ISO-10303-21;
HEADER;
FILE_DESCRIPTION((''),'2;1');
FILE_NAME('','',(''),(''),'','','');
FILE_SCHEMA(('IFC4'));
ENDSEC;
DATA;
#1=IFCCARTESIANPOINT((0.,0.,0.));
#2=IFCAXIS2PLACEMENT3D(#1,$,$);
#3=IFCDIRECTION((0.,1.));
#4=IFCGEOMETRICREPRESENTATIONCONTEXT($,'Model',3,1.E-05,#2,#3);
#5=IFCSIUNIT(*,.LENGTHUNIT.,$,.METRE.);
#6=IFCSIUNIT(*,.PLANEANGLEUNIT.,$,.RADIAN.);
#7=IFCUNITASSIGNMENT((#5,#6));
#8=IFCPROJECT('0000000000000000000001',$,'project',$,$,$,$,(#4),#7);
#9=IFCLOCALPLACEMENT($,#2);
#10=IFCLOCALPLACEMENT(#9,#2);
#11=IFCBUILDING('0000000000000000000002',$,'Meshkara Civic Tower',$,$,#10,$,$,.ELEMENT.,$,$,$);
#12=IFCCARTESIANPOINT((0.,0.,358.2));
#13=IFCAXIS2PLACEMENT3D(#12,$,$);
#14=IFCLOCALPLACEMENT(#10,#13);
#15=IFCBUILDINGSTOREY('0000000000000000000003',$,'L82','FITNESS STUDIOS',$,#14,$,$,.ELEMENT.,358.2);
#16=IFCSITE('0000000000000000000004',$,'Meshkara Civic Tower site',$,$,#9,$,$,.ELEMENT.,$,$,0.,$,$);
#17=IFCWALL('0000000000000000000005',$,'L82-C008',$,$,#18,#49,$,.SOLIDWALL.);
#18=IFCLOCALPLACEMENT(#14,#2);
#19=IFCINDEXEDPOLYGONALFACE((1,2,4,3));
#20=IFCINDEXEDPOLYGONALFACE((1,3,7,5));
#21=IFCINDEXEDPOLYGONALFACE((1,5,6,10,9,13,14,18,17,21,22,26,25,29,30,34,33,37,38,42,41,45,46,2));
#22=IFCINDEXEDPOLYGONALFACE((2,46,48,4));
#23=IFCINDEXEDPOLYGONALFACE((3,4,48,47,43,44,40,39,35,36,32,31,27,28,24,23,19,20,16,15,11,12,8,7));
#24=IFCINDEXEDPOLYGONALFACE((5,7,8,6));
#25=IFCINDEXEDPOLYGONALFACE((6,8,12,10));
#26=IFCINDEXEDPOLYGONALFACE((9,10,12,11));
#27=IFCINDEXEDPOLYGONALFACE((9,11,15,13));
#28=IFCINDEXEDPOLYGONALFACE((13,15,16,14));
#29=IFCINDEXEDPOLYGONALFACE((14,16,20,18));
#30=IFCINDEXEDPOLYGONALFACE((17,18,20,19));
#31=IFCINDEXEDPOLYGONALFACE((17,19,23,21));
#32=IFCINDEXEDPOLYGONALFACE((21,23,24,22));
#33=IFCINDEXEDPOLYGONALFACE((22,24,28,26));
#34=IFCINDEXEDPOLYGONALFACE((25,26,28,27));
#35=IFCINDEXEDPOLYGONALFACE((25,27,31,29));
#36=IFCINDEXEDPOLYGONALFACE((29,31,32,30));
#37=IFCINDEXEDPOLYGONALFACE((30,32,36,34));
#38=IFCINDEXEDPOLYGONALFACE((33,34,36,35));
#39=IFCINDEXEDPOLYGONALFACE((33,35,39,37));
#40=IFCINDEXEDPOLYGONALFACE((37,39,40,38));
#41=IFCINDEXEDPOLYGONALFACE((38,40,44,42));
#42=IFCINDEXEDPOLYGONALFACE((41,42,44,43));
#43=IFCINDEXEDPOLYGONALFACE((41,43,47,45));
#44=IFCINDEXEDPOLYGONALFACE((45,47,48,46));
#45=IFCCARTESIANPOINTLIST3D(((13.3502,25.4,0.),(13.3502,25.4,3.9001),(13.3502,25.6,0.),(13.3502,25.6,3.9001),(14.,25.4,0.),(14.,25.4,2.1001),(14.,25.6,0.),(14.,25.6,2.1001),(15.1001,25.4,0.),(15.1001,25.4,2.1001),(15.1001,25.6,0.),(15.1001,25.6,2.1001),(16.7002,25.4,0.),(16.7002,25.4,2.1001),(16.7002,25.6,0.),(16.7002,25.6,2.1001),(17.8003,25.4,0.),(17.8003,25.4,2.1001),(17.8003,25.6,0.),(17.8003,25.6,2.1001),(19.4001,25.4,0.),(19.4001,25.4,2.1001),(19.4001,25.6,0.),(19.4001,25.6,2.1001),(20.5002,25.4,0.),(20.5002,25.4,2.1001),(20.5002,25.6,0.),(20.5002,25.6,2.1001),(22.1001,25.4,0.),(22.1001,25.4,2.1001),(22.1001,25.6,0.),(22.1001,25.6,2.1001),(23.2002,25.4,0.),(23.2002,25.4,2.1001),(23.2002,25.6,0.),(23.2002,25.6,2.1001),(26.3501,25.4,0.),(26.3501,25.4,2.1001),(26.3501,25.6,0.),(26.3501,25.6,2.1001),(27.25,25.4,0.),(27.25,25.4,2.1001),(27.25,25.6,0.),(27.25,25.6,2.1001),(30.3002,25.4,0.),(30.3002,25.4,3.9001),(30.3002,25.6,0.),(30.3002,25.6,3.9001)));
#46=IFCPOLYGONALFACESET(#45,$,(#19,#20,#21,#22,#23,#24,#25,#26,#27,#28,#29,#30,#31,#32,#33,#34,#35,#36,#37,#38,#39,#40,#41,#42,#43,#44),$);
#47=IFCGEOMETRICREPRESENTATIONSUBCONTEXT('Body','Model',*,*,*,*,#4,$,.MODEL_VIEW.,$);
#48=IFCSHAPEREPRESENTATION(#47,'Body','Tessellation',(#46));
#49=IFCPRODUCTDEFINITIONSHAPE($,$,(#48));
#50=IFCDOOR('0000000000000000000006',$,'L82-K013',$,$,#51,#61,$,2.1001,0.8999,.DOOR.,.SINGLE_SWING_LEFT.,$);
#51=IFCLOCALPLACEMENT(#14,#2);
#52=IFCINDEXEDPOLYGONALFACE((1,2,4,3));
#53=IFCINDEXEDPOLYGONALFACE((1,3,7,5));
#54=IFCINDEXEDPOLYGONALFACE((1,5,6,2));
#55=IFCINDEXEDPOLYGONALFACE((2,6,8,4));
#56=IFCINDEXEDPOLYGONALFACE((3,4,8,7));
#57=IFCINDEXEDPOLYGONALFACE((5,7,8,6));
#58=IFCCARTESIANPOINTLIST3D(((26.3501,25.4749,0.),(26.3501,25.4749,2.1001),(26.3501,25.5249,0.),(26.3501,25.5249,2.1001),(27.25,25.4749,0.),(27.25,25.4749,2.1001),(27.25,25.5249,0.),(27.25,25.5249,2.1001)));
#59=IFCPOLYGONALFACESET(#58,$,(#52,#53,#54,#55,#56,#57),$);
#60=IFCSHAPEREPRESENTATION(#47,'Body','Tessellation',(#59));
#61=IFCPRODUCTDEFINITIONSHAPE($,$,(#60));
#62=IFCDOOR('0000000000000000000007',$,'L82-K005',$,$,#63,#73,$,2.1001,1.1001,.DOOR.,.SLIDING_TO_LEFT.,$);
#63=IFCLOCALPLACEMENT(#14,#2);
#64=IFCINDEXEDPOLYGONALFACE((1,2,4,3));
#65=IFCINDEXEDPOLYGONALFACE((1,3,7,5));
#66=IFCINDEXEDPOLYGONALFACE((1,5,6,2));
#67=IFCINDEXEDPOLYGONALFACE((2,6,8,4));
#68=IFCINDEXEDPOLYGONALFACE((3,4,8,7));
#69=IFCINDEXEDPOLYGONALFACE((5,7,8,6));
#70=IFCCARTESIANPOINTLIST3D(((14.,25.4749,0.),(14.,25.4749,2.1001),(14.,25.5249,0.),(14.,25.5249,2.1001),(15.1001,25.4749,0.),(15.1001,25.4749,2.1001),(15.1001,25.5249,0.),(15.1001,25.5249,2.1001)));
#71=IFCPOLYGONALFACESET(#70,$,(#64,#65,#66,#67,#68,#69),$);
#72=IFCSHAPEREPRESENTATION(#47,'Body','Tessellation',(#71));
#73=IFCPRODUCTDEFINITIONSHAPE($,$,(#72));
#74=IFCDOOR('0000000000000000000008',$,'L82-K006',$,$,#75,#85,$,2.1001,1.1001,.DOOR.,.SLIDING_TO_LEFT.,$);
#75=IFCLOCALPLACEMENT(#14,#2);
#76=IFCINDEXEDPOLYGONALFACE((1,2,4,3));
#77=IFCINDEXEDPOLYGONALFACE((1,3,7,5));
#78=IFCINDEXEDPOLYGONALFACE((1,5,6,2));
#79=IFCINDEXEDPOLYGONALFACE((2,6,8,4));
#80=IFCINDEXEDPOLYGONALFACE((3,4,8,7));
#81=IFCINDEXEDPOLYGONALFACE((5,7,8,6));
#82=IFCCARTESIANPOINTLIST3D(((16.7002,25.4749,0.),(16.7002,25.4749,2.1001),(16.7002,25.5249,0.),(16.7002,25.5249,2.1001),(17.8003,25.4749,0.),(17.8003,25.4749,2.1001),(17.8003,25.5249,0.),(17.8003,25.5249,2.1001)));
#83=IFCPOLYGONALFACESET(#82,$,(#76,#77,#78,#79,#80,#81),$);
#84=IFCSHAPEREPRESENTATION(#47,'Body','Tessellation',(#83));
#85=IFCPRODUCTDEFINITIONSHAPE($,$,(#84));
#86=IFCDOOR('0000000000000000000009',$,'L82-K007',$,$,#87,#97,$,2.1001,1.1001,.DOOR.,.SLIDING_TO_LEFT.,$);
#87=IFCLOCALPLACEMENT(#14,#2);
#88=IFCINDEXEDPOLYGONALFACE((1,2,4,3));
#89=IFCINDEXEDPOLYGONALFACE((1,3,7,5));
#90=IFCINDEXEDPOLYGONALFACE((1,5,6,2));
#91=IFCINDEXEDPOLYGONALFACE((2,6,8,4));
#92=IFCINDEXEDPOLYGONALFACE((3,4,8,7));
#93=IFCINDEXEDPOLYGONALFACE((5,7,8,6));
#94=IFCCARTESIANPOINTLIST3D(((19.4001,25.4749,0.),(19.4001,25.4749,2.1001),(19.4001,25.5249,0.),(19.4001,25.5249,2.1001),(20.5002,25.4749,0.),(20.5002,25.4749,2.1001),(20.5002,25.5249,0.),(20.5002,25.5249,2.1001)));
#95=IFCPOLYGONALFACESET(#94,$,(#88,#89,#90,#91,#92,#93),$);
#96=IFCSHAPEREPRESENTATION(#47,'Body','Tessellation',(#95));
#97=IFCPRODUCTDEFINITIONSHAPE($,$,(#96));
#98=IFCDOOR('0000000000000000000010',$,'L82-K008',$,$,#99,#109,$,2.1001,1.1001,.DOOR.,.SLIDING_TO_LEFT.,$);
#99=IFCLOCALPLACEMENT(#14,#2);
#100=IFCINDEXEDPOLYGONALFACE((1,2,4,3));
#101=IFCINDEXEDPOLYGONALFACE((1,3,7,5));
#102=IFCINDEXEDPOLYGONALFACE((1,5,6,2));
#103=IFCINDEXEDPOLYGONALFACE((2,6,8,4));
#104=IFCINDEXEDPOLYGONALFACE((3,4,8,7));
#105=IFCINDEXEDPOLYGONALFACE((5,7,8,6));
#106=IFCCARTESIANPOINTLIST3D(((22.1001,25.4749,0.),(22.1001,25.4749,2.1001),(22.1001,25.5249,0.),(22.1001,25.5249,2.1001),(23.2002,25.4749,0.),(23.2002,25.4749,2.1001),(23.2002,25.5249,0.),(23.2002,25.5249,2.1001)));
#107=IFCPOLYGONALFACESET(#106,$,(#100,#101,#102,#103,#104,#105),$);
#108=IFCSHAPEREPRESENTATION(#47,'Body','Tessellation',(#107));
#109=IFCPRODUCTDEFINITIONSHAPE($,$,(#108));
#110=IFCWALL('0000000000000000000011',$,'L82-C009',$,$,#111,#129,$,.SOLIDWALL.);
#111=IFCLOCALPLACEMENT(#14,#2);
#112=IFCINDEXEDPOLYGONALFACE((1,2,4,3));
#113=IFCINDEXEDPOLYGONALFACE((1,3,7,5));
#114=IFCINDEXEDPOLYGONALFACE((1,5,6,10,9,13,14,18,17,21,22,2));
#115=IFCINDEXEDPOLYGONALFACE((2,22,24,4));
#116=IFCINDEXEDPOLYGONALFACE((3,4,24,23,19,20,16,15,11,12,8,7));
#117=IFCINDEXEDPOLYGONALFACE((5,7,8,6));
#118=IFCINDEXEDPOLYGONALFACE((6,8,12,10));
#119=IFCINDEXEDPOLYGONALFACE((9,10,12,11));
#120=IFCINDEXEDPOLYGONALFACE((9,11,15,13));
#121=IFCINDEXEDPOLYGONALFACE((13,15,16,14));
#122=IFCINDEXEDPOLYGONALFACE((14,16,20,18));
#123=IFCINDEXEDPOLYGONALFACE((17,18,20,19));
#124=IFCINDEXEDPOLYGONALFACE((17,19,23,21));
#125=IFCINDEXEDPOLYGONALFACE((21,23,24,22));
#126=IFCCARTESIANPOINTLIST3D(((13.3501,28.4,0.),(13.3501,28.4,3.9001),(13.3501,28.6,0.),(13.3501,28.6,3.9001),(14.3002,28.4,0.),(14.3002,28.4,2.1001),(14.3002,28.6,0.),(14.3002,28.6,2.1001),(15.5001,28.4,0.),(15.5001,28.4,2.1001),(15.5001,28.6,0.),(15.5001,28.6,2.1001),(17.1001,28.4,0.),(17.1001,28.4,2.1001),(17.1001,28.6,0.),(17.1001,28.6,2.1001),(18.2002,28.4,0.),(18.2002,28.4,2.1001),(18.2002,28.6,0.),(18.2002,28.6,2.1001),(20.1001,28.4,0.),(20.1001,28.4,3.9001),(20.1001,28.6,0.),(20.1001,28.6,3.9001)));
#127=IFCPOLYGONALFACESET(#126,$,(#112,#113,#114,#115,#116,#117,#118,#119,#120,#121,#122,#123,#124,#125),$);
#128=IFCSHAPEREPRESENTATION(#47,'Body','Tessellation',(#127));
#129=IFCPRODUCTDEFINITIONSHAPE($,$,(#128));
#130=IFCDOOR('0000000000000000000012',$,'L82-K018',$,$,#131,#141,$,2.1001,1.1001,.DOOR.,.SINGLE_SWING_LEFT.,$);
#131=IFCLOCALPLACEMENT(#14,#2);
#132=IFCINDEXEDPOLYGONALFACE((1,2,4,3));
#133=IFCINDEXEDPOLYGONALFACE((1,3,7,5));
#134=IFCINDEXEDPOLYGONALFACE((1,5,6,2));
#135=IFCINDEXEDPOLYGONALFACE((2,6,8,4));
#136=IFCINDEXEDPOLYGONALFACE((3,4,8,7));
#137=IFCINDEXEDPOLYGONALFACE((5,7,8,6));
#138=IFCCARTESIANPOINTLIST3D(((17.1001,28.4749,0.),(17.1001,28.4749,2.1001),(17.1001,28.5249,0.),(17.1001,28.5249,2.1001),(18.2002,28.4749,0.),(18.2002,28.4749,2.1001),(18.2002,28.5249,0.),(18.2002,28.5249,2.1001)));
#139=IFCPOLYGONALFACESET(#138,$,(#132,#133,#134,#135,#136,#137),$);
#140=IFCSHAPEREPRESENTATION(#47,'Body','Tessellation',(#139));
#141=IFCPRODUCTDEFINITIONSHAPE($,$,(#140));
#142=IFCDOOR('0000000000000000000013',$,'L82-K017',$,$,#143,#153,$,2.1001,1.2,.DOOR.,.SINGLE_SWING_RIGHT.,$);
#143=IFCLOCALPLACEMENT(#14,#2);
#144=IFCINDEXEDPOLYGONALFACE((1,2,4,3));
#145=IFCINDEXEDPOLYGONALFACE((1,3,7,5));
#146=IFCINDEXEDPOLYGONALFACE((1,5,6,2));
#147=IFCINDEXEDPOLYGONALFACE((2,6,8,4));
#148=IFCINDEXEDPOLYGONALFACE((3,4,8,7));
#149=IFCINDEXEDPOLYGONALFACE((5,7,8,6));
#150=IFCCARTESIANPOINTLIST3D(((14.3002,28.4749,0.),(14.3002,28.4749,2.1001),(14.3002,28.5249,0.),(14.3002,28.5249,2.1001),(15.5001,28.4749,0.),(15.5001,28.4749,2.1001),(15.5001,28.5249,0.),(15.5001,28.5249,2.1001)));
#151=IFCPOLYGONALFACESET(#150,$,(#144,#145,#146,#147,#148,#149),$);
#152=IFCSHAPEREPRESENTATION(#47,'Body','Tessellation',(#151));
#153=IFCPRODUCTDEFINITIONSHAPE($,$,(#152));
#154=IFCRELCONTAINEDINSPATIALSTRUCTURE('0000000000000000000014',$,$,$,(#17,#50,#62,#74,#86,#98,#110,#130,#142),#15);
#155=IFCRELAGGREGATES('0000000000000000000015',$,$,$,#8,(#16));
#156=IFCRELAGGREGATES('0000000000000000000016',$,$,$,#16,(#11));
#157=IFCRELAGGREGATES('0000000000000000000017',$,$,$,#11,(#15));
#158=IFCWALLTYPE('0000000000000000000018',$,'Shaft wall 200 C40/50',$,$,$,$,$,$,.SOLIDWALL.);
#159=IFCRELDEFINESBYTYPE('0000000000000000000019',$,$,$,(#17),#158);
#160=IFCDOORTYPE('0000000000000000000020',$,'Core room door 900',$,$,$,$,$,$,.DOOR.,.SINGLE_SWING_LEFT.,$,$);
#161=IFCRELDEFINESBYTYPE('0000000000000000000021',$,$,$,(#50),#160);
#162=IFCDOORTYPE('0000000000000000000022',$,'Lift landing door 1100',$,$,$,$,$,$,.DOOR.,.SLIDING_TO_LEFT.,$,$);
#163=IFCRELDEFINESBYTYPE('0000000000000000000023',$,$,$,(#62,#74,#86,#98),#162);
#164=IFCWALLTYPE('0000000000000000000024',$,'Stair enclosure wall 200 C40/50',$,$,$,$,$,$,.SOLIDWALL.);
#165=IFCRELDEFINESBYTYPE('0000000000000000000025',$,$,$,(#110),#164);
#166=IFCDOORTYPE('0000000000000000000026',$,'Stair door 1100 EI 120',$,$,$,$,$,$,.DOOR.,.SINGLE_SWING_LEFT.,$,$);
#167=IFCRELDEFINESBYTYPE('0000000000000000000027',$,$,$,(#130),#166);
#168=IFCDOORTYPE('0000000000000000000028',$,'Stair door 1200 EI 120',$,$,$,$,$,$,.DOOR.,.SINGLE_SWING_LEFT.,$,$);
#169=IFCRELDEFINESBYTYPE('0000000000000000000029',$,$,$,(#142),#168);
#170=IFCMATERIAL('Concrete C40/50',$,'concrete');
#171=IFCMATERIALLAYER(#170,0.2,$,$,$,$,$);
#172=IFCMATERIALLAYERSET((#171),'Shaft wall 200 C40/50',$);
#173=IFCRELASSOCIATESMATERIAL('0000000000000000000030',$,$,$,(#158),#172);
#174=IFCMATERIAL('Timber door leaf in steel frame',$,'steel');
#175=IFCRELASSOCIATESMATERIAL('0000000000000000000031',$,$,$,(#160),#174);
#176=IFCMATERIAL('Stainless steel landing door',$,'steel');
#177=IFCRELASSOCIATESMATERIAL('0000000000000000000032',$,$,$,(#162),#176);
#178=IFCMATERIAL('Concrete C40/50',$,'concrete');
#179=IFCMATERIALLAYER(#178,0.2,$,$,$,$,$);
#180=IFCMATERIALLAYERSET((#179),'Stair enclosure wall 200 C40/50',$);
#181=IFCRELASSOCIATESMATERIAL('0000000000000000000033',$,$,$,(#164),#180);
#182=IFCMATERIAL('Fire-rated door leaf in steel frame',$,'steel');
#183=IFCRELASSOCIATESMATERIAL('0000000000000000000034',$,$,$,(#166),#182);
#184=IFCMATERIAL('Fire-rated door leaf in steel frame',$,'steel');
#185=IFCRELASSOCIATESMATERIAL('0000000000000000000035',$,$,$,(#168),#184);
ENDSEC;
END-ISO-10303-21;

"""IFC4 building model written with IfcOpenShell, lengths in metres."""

from ifc_helpers import new_model, si_unit, direction, frame, frame_2d, origin, place, context, subcontext, project, spatial, rectangle, extrude, material, layer, layer_set, type_object, element, fill, save


model = new_model("IFC4")

# Units and contexts
model_context = context("Model", 3, precision=1e-05, world=origin(), true_north=direction((0.0, 1.0)))
body_context = subcontext(model_context, "Body", "Model", "MODEL_VIEW")
ifc_project = project(units=[si_unit("LENGTHUNIT", "METRE"), si_unit("PLANEANGLEUNIT", "RADIAN")], contexts=[model_context])

# Site, building, storey
site_placement = place(None, origin())
site = spatial("IfcSite", under=ifc_project, at=site_placement, Name="Meshkara Civic Tower site", CompositionType="ELEMENT", RefElevation=0.0)
building_placement = place(site_placement, origin())
building = spatial("IfcBuilding", under=site, at=building_placement, Name="Meshkara Civic Tower", CompositionType="ELEMENT")
storey_placement = place(building_placement, frame((0.0, 0.0, 358.2)))
storey = spatial("IfcBuildingStorey", under=building, at=storey_placement, Name="L82", Description="FITNESS STUDIOS", CompositionType="ELEMENT", Elevation=358.2)

# Walls, openings, doors
ifc_material_1 = material(Name="Concrete C40/50", Category="concrete")
ifc_layer_1 = layer(ifc_material_1, 0.2)
ifc_layer_set_1 = layer_set([ifc_layer_1], Name="Shaft wall 200 C40/50")
wall_type_1 = type_object("IfcWallType", Name="Shaft wall 200 C40/50", PredefinedType="SOLIDWALL", material=ifc_layer_set_1)
wall_1_placement = place(storey_placement, frame((13.3501, 25.5, 0.0), z_axis=(0.0, 0.0, 1.0), x_axis=(1.0, 0.0, 0.0)))
wall_1 = element("IfcWall", 1, at=wall_1_placement, inside=storey, type_object=wall_type_1, Name="L82-C008", PredefinedType="SOLIDWALL", context=body_context, shape_type="SweptSolid", body=[
    extrude(rectangle(XDim=16.95, YDim=0.2, at=frame_2d((8.4751, 0.0))), origin(), (0.0, 0.0, 1.0), 3.9001),
])
opening_1_placement = place(wall_1_placement, frame((0.6499, 0.0, 0.0)))
opening_1 = element("IfcOpeningElement", 2, at=opening_1_placement, cuts=wall_1, PredefinedType="OPENING", context=body_context, shape_type="SweptSolid", body=[
    extrude(rectangle(XDim=1.1001, YDim=2.1001, at=frame_2d((0.55, 1.05))), frame((0.0, 0.1099, 0.0), z_axis=(0.0, -1.0, 0.0), x_axis=(1.0, 0.0, 0.0)), (0.0, 0.0, 1.0), 0.22),
])
opening_2_placement = place(wall_1_placement, frame((3.3501, 0.0, 0.0)))
opening_2 = element("IfcOpeningElement", 3, at=opening_2_placement, cuts=wall_1, PredefinedType="OPENING", context=body_context, shape_type="SweptSolid", body=[
    extrude(rectangle(XDim=1.1001, YDim=2.1001, at=frame_2d((0.55, 1.05))), frame((0.0, 0.1099, 0.0), z_axis=(0.0, -1.0, 0.0), x_axis=(1.0, 0.0, 0.0)), (0.0, 0.0, 1.0), 0.22),
])
opening_3_placement = place(wall_1_placement, frame((6.05, 0.0, 0.0)))
opening_3 = element("IfcOpeningElement", 4, at=opening_3_placement, cuts=wall_1, PredefinedType="OPENING", context=body_context, shape_type="SweptSolid", body=[
    extrude(rectangle(XDim=1.1001, YDim=2.1001, at=frame_2d((0.55, 1.05))), frame((0.0, 0.1099, 0.0), z_axis=(0.0, -1.0, 0.0), x_axis=(1.0, 0.0, 0.0)), (0.0, 0.0, 1.0), 0.22),
])
opening_4_placement = place(wall_1_placement, frame((8.75, 0.0, 0.0)))
opening_4 = element("IfcOpeningElement", 5, at=opening_4_placement, cuts=wall_1, PredefinedType="OPENING", context=body_context, shape_type="SweptSolid", body=[
    extrude(rectangle(XDim=1.1001, YDim=2.1001, at=frame_2d((0.55, 1.05))), frame((0.0, 0.1099, 0.0), z_axis=(0.0, -1.0, 0.0), x_axis=(1.0, 0.0, 0.0)), (0.0, 0.0, 1.0), 0.22),
])
opening_5_placement = place(wall_1_placement, frame((13.0, 0.0, 0.0)))
opening_5 = element("IfcOpeningElement", 6, at=opening_5_placement, cuts=wall_1, PredefinedType="OPENING", context=body_context, shape_type="SweptSolid", body=[
    extrude(rectangle(XDim=0.8999, YDim=2.1001, at=frame_2d((0.45, 1.05))), frame((0.0, 0.1099, 0.0), z_axis=(0.0, -1.0, 0.0), x_axis=(1.0, 0.0, 0.0)), (0.0, 0.0, 1.0), 0.22),
])
ifc_material_2 = material(Name="Timber door leaf in steel frame", Category="steel")
door_type_1 = type_object("IfcDoorType", Name="Core room door 900", OperationType="SINGLE_SWING_LEFT", PredefinedType="DOOR", material=ifc_material_2)
door_1_placement = place(opening_5_placement, origin())
door_1 = element("IfcDoor", 7, at=door_1_placement, inside=storey, type_object=door_type_1, Name="L82-K013", OperationType="SINGLE_SWING_LEFT", OverallHeight=2.1001, OverallWidth=0.8999, PredefinedType="DOOR", context=body_context, shape_type="SweptSolid", body=[
    extrude(rectangle(XDim=0.8999, YDim=2.1001, at=frame_2d((0.45, 1.05))), frame((0.0, 0.0249, 0.0), z_axis=(0.0, -1.0, 0.0), x_axis=(1.0, 0.0, 0.0)), (0.0, 0.0, 1.0), 0.05),
])
fill(opening_5, door_1)
ifc_material_3 = material(Name="Stainless steel landing door", Category="steel")
door_type_2 = type_object("IfcDoorType", Name="Lift landing door 1100", OperationType="SLIDING_TO_LEFT", PredefinedType="DOOR", material=ifc_material_3)
door_2_placement = place(opening_1_placement, origin())
door_2 = element("IfcDoor", 8, at=door_2_placement, inside=storey, type_object=door_type_2, Name="L82-K005", OperationType="SLIDING_TO_LEFT", OverallHeight=2.1001, OverallWidth=1.1001, PredefinedType="DOOR", context=body_context, shape_type="SweptSolid", body=[
    extrude(rectangle(XDim=1.1001, YDim=2.1001, at=frame_2d((0.55, 1.05))), frame((0.0, 0.0249, 0.0), z_axis=(0.0, -1.0, 0.0), x_axis=(1.0, 0.0, 0.0)), (0.0, 0.0, 1.0), 0.05),
])
fill(opening_1, door_2)
door_3_placement = place(opening_2_placement, origin())
door_3 = element("IfcDoor", 9, at=door_3_placement, inside=storey, type_object=door_type_2, Name="L82-K006", OperationType="SLIDING_TO_LEFT", OverallHeight=2.1001, OverallWidth=1.1001, PredefinedType="DOOR", context=body_context, shape_type="SweptSolid", body=[
    extrude(rectangle(XDim=1.1001, YDim=2.1001, at=frame_2d((0.55, 1.05))), frame((0.0, 0.0249, 0.0), z_axis=(0.0, -1.0, 0.0), x_axis=(1.0, 0.0, 0.0)), (0.0, 0.0, 1.0), 0.05),
])
fill(opening_2, door_3)
door_4_placement = place(opening_3_placement, origin())
door_4 = element("IfcDoor", 10, at=door_4_placement, inside=storey, type_object=door_type_2, Name="L82-K007", OperationType="SLIDING_TO_LEFT", OverallHeight=2.1001, OverallWidth=1.1001, PredefinedType="DOOR", context=body_context, shape_type="SweptSolid", body=[
    extrude(rectangle(XDim=1.1001, YDim=2.1001, at=frame_2d((0.55, 1.05))), frame((0.0, 0.0249, 0.0), z_axis=(0.0, -1.0, 0.0), x_axis=(1.0, 0.0, 0.0)), (0.0, 0.0, 1.0), 0.05),
])
fill(opening_3, door_4)
door_5_placement = place(opening_4_placement, origin())
door_5 = element("IfcDoor", 11, at=door_5_placement, inside=storey, type_object=door_type_2, Name="L82-K008", OperationType="SLIDING_TO_LEFT", OverallHeight=2.1001, OverallWidth=1.1001, PredefinedType="DOOR", context=body_context, shape_type="SweptSolid", body=[
    extrude(rectangle(XDim=1.1001, YDim=2.1001, at=frame_2d((0.55, 1.05))), frame((0.0, 0.0249, 0.0), z_axis=(0.0, -1.0, 0.0), x_axis=(1.0, 0.0, 0.0)), (0.0, 0.0, 1.0), 0.05),
])
fill(opening_4, door_5)
ifc_material_4 = material(Name="Concrete C40/50", Category="concrete")
ifc_layer_2 = layer(ifc_material_4, 0.2)
ifc_layer_set_2 = layer_set([ifc_layer_2], Name="Stair enclosure wall 200 C40/50")
wall_type_2 = type_object("IfcWallType", Name="Stair enclosure wall 200 C40/50", PredefinedType="SOLIDWALL", material=ifc_layer_set_2)
wall_2_placement = place(storey_placement, frame((13.3501, 28.5, 0.0), z_axis=(0.0, 0.0, 1.0), x_axis=(1.0, 0.0, 0.0)))
wall_2 = element("IfcWall", 12, at=wall_2_placement, inside=storey, type_object=wall_type_2, Name="L82-C009", PredefinedType="SOLIDWALL", context=body_context, shape_type="SweptSolid", body=[
    extrude(rectangle(XDim=6.75, YDim=0.2, at=frame_2d((3.375, 0.0))), origin(), (0.0, 0.0, 1.0), 3.9001),
])
opening_6_placement = place(wall_2_placement, frame((0.95, 0.0, 0.0)))
opening_6 = element("IfcOpeningElement", 13, at=opening_6_placement, cuts=wall_2, PredefinedType="OPENING", context=body_context, shape_type="SweptSolid", body=[
    extrude(rectangle(XDim=1.2, YDim=2.1001, at=frame_2d((0.6001, 1.05))), frame((0.0, 0.1099, 0.0), z_axis=(0.0, -1.0, 0.0), x_axis=(1.0, 0.0, 0.0)), (0.0, 0.0, 1.0), 0.22),
])
opening_7_placement = place(wall_2_placement, frame((3.75, 0.0, 0.0)))
opening_7 = element("IfcOpeningElement", 14, at=opening_7_placement, cuts=wall_2, PredefinedType="OPENING", context=body_context, shape_type="SweptSolid", body=[
    extrude(rectangle(XDim=1.1001, YDim=2.1001, at=frame_2d((0.55, 1.05))), frame((0.0, 0.1099, 0.0), z_axis=(0.0, -1.0, 0.0), x_axis=(1.0, 0.0, 0.0)), (0.0, 0.0, 1.0), 0.22),
])
ifc_material_5 = material(Name="Fire-rated door leaf in steel frame", Category="steel")
door_type_3 = type_object("IfcDoorType", Name="Stair door 1100 EI 120", OperationType="SINGLE_SWING_LEFT", PredefinedType="DOOR", material=ifc_material_5)
door_6_placement = place(opening_7_placement, origin())
door_6 = element("IfcDoor", 15, at=door_6_placement, inside=storey, type_object=door_type_3, Name="L82-K018", OperationType="SINGLE_SWING_LEFT", OverallHeight=2.1001, OverallWidth=1.1001, PredefinedType="DOOR", context=body_context, shape_type="SweptSolid", body=[
    extrude(rectangle(XDim=1.1001, YDim=2.1001, at=frame_2d((0.55, 1.05))), frame((0.0, 0.0249, 0.0), z_axis=(0.0, -1.0, 0.0), x_axis=(1.0, 0.0, 0.0)), (0.0, 0.0, 1.0), 0.05),
])
fill(opening_7, door_6)
ifc_material_6 = material(Name="Fire-rated door leaf in steel frame", Category="steel")
door_type_4 = type_object("IfcDoorType", Name="Stair door 1200 EI 120", OperationType="SINGLE_SWING_LEFT", PredefinedType="DOOR", material=ifc_material_6)
door_7_placement = place(opening_6_placement, origin())
door_7 = element("IfcDoor", 16, at=door_7_placement, inside=storey, type_object=door_type_4, Name="L82-K017", OperationType="SINGLE_SWING_RIGHT", OverallHeight=2.1001, OverallWidth=1.2, PredefinedType="DOOR", context=body_context, shape_type="SweptSolid", body=[
    extrude(rectangle(XDim=1.2, YDim=2.1001, at=frame_2d((0.6001, 1.05))), frame((0.0, 0.0249, 0.0), z_axis=(0.0, -1.0, 0.0), x_axis=(1.0, 0.0, 0.0)), (0.0, 0.0, 1.0), 0.05),
])
fill(opening_6, door_7)

save(model, "model.ifc")
